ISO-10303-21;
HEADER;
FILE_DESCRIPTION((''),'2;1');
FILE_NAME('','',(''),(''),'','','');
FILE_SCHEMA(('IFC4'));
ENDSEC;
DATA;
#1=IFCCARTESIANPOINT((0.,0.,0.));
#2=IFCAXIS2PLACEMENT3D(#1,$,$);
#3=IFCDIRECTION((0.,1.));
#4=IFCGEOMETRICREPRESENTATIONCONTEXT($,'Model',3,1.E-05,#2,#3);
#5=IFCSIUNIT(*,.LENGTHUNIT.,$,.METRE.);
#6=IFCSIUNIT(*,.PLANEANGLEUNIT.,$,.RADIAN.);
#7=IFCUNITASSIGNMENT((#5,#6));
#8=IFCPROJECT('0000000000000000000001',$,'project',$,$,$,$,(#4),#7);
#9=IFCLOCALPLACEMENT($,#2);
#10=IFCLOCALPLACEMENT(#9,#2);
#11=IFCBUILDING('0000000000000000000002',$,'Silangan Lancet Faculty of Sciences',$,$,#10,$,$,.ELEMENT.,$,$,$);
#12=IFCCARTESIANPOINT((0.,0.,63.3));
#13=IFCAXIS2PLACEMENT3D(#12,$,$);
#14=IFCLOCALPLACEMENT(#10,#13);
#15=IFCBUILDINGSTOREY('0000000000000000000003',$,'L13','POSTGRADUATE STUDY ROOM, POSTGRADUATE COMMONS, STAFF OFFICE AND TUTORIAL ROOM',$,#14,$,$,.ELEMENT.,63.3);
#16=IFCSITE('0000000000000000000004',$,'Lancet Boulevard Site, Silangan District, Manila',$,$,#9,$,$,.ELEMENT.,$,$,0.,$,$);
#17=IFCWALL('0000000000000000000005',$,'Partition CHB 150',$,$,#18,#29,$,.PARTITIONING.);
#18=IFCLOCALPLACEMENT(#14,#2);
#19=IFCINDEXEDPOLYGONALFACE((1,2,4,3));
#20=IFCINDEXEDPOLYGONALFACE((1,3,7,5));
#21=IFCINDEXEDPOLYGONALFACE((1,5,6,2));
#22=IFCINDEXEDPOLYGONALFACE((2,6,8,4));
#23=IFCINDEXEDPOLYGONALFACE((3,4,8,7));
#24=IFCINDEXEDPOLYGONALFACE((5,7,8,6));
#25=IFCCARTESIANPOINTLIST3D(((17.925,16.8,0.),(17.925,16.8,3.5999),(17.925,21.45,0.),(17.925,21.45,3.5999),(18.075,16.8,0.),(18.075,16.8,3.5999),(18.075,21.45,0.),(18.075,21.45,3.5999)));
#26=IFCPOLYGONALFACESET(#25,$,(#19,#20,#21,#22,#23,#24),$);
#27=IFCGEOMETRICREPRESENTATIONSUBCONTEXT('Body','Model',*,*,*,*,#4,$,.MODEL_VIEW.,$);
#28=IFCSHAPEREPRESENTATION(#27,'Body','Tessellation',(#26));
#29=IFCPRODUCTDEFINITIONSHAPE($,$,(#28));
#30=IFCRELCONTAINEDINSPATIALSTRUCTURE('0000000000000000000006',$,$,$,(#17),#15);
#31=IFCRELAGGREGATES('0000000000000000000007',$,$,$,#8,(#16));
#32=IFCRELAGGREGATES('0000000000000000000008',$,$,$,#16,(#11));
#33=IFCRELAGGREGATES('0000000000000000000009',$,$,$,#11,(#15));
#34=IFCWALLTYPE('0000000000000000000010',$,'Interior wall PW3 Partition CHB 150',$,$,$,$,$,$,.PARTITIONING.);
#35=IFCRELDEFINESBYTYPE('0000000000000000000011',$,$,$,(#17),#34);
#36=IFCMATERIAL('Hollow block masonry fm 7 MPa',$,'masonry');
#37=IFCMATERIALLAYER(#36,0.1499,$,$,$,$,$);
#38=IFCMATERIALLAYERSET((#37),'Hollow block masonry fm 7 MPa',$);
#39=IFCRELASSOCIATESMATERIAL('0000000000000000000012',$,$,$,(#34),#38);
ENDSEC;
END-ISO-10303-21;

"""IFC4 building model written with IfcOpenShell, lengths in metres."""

from ifc_helpers import new_model, si_unit, direction, frame, frame_2d, origin, place, context, subcontext, project, spatial, rectangle, extrude, material, layer, layer_set, type_object, element, save


model = new_model("IFC4")

# Units and contexts
model_context = context("Model", 3, precision=1e-05, world=origin(), true_north=direction((0.0, 1.0)))
body_context = subcontext(model_context, "Body", "Model", "MODEL_VIEW")
ifc_project = project(units=[si_unit("LENGTHUNIT", "METRE"), si_unit("PLANEANGLEUNIT", "RADIAN")], contexts=[model_context])

# Site, building, storey
site_placement = place(None, origin())
site = spatial("IfcSite", under=ifc_project, at=site_placement, Name="Lancet Boulevard Site, Silangan District, Manila", CompositionType="ELEMENT", RefElevation=0.0)
building_placement = place(site_placement, origin())
building = spatial("IfcBuilding", under=site, at=building_placement, Name="Silangan Lancet Faculty of Sciences", CompositionType="ELEMENT")
storey_placement = place(building_placement, frame((0.0, 0.0, 63.3)))
storey = spatial("IfcBuildingStorey", under=building, at=storey_placement, Name="L13", Description="POSTGRADUATE STUDY ROOM, POSTGRADUATE COMMONS, STAFF OFFICE AND TUTORIAL ROOM", CompositionType="ELEMENT", Elevation=63.3)

# Wall
ifc_material_1 = material(Name="Hollow block masonry fm 7 MPa", Category="masonry")
ifc_layer_1 = layer(ifc_material_1, 0.1499)
ifc_layer_set_1 = layer_set([ifc_layer_1], Name="Hollow block masonry fm 7 MPa")
wall_type_1 = type_object("IfcWallType", Name="Interior wall PW3 Partition CHB 150", PredefinedType="PARTITIONING", material=ifc_layer_set_1)
wall_1_placement = place(storey_placement, frame((18.0, 16.8, 0.0), z_axis=(0.0, 0.0, 1.0), x_axis=(0.0, 1.0, 0.0)))
element("IfcWall", 1, at=wall_1_placement, inside=storey, type_object=wall_type_1, Name="Partition CHB 150", PredefinedType="PARTITIONING", context=body_context, shape_type="SweptSolid", body=[
    extrude(rectangle(XDim=4.6499, YDim=0.1499, at=frame_2d((2.325, 0.0))), origin(), (0.0, 0.0, 1.0), 3.5999),
])

save(model, "model.ifc")
